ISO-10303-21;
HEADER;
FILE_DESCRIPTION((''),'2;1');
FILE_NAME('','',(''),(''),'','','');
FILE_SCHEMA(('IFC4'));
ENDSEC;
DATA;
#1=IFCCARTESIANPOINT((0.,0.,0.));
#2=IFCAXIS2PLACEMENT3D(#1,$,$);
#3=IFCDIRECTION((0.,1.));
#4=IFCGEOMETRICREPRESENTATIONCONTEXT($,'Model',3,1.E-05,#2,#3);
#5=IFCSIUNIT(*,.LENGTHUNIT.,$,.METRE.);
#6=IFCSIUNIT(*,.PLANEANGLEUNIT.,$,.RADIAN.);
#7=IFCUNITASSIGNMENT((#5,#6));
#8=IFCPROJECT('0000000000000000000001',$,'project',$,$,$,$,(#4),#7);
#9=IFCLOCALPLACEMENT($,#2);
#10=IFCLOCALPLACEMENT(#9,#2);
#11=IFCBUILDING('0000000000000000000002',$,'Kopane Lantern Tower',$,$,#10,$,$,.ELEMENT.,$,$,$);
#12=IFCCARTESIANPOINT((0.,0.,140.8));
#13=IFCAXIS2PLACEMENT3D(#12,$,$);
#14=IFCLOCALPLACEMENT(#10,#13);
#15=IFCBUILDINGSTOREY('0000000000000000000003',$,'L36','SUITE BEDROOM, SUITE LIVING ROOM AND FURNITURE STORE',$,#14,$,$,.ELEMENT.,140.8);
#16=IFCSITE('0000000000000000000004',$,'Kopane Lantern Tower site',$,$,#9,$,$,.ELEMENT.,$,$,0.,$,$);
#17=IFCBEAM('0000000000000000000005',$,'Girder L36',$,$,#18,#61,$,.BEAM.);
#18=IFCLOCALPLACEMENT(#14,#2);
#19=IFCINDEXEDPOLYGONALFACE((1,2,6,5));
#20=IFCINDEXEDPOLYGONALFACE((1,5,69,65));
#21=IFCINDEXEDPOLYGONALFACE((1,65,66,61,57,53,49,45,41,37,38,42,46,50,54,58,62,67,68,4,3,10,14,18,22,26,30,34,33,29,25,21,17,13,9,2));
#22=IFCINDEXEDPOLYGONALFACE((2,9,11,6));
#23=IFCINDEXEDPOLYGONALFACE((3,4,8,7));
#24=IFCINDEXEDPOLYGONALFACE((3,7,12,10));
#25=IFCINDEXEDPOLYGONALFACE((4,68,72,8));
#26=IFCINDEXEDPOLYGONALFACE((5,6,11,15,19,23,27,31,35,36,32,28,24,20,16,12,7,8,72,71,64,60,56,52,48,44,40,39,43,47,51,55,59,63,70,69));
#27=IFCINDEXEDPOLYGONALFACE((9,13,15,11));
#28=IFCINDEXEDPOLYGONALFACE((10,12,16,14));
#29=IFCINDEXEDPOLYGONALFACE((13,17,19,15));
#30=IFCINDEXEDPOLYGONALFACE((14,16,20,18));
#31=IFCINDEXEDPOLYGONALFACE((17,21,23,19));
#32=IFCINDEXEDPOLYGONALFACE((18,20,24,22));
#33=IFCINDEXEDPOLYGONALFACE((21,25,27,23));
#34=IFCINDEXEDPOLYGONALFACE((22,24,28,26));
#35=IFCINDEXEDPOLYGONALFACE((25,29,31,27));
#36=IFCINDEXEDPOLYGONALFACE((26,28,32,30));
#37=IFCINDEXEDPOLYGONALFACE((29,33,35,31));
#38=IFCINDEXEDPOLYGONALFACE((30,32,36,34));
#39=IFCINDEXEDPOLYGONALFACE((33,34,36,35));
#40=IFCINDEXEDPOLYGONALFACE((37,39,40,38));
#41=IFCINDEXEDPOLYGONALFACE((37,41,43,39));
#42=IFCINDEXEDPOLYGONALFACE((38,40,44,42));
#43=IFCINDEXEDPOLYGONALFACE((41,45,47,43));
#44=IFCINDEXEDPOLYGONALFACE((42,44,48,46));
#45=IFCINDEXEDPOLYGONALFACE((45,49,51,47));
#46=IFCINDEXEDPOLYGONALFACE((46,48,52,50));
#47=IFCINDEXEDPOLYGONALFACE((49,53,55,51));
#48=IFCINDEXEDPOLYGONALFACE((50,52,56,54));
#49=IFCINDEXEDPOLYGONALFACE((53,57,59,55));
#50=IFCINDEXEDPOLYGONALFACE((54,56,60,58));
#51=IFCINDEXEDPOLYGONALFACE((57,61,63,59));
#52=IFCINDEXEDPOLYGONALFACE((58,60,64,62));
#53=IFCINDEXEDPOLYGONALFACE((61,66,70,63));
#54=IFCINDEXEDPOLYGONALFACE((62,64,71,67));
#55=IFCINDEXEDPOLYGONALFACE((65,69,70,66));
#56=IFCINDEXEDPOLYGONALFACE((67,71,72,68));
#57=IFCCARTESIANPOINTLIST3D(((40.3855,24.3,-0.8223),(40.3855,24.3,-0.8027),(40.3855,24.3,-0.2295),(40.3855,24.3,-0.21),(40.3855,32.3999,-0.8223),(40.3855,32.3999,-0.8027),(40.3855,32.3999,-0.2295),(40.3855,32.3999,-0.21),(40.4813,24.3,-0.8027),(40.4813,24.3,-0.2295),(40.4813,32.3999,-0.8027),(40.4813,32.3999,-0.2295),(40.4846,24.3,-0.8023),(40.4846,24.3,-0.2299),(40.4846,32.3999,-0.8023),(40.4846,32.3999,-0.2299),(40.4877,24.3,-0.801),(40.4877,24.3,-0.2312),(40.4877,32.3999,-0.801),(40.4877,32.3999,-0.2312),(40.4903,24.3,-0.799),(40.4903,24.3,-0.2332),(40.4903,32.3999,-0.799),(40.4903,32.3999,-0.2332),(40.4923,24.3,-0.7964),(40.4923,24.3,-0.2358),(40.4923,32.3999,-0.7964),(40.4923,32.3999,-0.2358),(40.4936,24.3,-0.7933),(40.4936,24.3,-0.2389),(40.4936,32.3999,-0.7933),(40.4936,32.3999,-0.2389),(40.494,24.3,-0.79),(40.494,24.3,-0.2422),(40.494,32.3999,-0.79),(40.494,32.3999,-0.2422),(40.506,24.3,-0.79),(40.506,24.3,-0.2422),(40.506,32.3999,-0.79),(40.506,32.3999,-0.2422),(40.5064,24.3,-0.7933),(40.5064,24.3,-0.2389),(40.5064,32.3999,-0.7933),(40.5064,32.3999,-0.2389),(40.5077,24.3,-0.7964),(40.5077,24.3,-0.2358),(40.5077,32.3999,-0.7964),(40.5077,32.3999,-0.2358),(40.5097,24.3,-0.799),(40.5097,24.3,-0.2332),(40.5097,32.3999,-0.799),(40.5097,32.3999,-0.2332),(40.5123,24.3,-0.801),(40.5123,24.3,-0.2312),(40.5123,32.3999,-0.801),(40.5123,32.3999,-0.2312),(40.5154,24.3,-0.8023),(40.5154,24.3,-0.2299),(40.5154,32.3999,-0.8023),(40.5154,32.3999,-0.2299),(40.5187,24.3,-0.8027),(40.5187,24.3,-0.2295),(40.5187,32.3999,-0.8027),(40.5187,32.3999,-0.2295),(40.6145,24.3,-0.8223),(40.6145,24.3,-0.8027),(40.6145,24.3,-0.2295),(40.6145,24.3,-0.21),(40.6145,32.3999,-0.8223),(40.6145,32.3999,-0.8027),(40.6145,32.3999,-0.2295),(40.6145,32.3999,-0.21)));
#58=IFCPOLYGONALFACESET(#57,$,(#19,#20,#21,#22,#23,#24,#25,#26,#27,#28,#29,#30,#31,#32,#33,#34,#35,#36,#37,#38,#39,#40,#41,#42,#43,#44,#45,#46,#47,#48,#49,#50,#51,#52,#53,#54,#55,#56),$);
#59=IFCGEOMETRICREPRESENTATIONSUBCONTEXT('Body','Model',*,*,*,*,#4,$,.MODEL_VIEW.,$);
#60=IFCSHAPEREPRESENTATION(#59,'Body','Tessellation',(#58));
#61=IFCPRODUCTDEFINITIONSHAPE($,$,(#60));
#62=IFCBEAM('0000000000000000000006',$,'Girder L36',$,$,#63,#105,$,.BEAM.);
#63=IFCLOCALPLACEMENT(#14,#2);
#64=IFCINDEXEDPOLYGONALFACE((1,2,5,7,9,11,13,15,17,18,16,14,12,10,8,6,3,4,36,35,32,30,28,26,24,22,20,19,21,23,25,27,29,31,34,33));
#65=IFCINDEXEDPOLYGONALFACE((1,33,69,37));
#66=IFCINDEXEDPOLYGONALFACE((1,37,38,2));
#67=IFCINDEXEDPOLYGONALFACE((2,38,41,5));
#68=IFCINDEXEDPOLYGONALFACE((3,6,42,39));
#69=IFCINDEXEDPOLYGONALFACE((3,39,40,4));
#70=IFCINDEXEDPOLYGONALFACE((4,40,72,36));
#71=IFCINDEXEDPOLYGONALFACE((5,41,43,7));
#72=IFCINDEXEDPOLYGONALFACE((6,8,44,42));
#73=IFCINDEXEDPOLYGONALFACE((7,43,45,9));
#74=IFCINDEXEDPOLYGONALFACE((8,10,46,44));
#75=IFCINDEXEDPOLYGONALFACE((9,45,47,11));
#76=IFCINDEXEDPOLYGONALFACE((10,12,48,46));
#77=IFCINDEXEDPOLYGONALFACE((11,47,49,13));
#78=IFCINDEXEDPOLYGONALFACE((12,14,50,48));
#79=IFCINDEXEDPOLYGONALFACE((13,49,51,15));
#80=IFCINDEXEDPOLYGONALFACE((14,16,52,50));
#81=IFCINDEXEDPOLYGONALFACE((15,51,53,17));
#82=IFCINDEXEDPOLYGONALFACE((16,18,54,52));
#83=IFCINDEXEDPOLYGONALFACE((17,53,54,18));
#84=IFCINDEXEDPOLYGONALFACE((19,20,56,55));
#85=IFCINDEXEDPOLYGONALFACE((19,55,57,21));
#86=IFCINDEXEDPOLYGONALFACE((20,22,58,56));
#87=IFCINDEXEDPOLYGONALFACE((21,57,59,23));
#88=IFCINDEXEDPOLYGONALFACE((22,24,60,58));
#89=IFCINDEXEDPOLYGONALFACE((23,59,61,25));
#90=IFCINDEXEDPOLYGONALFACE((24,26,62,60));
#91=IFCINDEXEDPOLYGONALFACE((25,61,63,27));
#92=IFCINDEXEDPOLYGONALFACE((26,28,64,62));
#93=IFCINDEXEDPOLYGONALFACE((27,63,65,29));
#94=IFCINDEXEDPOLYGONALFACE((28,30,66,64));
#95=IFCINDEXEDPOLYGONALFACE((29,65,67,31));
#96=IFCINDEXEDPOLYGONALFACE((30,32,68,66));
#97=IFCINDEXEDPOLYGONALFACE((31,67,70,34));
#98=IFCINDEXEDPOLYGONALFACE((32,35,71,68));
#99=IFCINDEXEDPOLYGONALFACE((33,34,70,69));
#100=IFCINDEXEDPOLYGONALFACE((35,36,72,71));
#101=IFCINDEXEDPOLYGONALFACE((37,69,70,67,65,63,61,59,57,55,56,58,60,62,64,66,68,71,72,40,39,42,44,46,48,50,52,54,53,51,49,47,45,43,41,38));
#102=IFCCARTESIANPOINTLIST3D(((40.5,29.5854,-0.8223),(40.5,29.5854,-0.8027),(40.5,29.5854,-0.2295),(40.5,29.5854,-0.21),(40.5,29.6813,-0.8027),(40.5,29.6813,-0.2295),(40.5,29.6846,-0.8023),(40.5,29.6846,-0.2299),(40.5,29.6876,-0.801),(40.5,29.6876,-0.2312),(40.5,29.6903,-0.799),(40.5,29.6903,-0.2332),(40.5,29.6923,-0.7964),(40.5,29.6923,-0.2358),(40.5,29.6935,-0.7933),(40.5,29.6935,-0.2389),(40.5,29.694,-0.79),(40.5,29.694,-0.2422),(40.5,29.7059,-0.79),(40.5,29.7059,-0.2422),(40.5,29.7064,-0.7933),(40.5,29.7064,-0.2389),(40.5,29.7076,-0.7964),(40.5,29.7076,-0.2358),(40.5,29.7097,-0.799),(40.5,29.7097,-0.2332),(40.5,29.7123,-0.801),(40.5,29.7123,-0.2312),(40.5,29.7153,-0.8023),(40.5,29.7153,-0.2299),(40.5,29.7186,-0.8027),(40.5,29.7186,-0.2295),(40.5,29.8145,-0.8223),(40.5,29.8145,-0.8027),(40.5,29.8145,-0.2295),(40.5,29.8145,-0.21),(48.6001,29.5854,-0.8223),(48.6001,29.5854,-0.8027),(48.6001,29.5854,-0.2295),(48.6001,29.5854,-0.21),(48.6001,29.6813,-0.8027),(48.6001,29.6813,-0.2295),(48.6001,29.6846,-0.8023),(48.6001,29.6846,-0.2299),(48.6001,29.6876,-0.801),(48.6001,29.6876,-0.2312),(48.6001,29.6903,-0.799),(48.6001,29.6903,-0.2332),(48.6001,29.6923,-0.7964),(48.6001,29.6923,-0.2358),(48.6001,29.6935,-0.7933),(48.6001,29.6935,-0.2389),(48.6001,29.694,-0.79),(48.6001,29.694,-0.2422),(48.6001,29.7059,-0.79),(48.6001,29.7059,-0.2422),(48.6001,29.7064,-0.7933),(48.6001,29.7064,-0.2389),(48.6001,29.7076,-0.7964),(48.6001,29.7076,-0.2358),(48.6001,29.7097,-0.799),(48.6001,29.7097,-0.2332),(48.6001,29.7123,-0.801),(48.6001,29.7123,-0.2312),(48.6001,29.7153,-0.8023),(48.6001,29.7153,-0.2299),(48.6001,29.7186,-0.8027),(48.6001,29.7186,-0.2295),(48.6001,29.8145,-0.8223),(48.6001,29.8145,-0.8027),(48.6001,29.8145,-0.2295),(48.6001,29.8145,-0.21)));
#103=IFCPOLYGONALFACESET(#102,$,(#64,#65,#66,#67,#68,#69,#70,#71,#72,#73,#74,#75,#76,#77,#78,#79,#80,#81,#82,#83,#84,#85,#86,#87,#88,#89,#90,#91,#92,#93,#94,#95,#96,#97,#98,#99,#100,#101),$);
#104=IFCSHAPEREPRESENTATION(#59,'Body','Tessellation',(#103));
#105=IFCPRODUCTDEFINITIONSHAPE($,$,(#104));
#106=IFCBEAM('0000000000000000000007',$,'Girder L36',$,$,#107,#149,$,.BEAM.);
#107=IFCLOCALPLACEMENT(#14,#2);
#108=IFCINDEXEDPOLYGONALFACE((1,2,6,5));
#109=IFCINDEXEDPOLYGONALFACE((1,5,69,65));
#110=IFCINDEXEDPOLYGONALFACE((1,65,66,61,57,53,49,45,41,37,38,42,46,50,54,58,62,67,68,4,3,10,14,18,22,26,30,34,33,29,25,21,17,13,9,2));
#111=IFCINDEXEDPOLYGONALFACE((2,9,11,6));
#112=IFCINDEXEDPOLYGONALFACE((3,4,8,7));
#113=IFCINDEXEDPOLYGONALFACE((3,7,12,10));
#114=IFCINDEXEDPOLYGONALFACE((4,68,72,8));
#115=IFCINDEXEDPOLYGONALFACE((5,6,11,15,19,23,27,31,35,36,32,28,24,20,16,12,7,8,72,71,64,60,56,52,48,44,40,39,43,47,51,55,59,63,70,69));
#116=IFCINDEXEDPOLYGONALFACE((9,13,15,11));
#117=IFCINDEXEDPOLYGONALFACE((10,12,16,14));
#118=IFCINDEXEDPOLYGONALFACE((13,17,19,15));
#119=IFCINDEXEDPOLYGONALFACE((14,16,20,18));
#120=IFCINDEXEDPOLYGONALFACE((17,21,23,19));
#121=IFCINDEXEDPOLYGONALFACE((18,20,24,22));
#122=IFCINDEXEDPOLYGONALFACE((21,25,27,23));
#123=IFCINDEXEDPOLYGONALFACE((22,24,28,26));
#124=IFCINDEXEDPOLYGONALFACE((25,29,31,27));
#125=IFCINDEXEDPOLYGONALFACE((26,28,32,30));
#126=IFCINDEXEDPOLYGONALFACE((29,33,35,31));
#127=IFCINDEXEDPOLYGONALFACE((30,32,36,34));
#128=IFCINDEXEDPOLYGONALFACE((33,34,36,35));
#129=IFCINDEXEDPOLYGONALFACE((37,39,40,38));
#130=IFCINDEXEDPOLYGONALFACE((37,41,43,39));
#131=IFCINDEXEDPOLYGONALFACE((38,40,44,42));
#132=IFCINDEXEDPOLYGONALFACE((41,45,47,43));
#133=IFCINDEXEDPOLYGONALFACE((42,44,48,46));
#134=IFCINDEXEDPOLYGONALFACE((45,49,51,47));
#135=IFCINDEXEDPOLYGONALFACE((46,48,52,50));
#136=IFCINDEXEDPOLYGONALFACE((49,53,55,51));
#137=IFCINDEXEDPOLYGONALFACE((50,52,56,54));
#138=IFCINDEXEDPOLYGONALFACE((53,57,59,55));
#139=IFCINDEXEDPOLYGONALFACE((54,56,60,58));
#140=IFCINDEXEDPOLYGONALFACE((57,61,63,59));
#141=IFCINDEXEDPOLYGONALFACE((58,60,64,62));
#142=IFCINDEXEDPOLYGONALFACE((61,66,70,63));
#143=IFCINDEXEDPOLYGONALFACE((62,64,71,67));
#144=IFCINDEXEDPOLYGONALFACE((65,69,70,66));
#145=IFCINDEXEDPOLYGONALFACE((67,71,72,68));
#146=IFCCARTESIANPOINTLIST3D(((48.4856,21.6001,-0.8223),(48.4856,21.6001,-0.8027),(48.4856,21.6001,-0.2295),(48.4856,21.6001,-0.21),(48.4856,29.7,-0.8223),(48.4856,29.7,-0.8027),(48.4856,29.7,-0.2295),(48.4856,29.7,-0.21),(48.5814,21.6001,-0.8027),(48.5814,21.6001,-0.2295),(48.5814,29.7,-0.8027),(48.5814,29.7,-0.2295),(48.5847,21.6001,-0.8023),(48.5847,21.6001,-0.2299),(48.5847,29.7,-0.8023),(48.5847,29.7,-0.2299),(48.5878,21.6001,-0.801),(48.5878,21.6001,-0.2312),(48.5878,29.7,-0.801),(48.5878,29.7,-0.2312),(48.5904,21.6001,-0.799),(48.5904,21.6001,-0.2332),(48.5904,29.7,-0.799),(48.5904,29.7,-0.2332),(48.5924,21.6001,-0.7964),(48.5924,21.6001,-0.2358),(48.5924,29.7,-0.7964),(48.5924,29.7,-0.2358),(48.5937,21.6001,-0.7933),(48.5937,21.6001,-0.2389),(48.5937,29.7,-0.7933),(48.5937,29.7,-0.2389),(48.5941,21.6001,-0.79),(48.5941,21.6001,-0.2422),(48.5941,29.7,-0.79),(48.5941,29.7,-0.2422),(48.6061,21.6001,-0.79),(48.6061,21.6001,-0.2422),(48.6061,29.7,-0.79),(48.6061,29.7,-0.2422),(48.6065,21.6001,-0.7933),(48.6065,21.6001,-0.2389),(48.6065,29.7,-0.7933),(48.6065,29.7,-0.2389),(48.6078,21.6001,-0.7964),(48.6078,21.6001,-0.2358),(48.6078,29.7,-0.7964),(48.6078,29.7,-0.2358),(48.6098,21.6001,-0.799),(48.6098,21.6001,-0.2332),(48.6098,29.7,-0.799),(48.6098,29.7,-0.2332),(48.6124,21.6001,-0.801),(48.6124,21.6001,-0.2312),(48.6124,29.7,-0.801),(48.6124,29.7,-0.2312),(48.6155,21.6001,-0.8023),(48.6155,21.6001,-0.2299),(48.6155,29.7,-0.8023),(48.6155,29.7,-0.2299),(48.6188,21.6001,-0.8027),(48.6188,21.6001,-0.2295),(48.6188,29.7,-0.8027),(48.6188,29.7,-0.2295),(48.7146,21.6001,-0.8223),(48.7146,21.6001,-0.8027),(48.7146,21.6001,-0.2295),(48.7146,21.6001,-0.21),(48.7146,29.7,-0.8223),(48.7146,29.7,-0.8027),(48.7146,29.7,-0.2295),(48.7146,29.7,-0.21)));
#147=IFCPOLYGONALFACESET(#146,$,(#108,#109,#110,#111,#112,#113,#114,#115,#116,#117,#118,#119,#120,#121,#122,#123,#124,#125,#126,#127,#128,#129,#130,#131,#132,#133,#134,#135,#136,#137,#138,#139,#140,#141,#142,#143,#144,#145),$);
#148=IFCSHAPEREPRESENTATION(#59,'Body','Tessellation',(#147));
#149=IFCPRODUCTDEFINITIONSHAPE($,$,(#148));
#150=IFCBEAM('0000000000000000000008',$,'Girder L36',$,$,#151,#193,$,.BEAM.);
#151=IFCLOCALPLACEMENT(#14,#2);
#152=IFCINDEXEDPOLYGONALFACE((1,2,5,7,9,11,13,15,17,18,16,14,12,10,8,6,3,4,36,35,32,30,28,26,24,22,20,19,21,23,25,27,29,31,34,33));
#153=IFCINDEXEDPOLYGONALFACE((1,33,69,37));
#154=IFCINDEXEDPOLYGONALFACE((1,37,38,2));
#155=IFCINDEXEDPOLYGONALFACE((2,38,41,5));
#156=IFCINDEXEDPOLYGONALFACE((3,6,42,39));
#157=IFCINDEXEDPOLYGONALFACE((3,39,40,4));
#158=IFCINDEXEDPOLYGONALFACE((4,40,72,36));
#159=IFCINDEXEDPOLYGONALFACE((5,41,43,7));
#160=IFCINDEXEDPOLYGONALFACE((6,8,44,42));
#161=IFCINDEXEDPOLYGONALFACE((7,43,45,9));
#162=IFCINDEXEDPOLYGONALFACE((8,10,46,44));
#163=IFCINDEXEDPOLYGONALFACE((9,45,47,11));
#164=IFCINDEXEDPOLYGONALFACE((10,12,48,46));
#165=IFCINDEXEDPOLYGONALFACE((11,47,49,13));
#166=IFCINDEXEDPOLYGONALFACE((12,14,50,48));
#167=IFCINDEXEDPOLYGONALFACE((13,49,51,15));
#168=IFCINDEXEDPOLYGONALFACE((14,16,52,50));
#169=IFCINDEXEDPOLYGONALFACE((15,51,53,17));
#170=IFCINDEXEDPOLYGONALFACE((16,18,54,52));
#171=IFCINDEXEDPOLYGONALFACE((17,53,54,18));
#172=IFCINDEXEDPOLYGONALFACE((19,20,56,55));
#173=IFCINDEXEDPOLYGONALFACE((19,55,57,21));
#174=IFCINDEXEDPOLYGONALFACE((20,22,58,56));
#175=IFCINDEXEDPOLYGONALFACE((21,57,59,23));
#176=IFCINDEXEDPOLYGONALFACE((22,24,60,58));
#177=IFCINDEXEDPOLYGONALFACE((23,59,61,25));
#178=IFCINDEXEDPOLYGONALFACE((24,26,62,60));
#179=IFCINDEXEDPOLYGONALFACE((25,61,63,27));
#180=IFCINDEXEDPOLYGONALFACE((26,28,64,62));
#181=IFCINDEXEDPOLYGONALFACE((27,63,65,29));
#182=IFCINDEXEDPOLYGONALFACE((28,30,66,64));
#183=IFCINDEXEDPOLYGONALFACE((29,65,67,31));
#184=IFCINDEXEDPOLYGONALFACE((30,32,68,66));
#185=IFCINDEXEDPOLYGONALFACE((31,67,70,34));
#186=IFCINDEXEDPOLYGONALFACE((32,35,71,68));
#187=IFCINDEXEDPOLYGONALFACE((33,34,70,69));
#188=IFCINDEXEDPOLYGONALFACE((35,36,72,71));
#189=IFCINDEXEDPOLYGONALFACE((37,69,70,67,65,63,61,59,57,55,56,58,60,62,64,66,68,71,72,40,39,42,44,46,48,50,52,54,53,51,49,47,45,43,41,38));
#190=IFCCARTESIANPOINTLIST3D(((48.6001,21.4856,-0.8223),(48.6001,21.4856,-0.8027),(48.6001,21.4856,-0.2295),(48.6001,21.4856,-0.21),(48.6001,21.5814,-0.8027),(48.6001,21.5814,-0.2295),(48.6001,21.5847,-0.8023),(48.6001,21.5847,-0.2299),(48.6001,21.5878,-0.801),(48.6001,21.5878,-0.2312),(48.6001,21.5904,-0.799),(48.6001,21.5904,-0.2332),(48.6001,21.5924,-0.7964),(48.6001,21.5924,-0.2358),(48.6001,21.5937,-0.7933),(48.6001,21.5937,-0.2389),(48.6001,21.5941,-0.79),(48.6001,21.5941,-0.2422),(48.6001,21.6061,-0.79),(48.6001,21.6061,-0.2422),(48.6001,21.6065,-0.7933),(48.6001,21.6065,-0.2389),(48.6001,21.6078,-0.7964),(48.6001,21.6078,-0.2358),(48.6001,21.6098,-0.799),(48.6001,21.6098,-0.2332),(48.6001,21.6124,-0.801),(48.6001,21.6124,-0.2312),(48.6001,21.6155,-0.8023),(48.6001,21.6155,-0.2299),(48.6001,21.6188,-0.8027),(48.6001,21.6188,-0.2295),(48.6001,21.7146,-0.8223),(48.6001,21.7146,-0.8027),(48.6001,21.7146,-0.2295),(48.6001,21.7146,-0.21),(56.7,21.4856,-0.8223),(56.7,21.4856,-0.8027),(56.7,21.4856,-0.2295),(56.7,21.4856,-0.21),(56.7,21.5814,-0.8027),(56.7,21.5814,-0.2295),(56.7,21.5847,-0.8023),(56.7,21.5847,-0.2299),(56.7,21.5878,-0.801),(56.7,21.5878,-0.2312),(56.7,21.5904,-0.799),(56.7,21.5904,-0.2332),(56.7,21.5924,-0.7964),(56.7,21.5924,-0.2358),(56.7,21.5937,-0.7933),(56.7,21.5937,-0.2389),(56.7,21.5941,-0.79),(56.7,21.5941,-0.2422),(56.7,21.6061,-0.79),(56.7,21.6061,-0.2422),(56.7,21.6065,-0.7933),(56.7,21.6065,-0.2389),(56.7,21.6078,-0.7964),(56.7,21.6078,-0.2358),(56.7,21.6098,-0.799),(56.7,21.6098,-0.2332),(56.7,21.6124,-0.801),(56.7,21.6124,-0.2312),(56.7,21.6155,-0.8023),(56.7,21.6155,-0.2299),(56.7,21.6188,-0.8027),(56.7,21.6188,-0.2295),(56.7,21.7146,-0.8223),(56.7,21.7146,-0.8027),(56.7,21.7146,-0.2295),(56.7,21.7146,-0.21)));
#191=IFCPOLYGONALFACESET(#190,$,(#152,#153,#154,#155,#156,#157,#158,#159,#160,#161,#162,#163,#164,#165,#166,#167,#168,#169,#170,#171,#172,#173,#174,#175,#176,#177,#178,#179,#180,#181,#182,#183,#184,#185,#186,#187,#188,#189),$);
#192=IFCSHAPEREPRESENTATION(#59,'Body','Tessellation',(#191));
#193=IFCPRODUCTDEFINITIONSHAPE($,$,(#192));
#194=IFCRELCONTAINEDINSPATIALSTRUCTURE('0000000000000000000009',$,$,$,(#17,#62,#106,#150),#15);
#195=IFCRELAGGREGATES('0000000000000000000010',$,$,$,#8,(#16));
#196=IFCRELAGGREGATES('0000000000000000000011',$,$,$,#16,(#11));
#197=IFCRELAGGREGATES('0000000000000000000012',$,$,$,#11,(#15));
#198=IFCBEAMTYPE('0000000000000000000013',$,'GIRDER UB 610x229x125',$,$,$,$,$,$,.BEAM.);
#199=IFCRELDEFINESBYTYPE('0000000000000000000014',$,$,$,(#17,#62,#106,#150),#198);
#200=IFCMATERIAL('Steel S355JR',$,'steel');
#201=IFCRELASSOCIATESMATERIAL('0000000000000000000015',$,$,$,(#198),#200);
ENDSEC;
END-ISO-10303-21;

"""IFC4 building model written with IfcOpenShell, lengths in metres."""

from ifc_helpers import new_model, si_unit, direction, frame, origin, origin_2d, place, context, subcontext, project, spatial, i_section, extrude, material, material_profile, profile_set, type_object, element, save


model = new_model("IFC4")

# Units and contexts
model_context = context("Model", 3, precision=1e-05, world=origin(), true_north=direction((0.0, 1.0)))
body_context = subcontext(model_context, "Body", "Model", "MODEL_VIEW")
ifc_project = project(units=[si_unit("LENGTHUNIT", "METRE"), si_unit("PLANEANGLEUNIT", "RADIAN")], contexts=[model_context])

# Site, building, storey
site_placement = place(None, origin())
site = spatial("IfcSite", under=ifc_project, at=site_placement, Name="Kopane Lantern Tower site", CompositionType="ELEMENT", RefElevation=0.0)
building_placement = place(site_placement, origin())
building = spatial("IfcBuilding", under=site, at=building_placement, Name="Kopane Lantern Tower", CompositionType="ELEMENT")
storey_placement = place(building_placement, frame((0.0, 0.0, 140.8)))
storey = spatial("IfcBuildingStorey", under=building, at=storey_placement, Name="L36", Description="SUITE BEDROOM, SUITE LIVING ROOM AND FURNITURE STORE", CompositionType="ELEMENT", Elevation=140.8)

# Beams
ifc_material_1 = material(Name="Steel S355JR", Category="steel")
ifc_material_profile_1 = material_profile(ifc_material_1, i_section(OverallWidth=0.229, OverallDepth=0.6123, WebThickness=0.012, FlangeThickness=0.0195, FilletRadius=0.0127, at=origin_2d()), Name="UB 610x229x125")
ifc_profile_set_1 = profile_set([ifc_material_profile_1], Name="Steel S355JR")
beam_type_1 = type_object("IfcBeamType", Name="GIRDER UB 610x229x125", PredefinedType="BEAM", material=ifc_profile_set_1)
beam_1_placement = place(storey_placement, frame((40.5, 24.3, -0.5161), z_axis=(0.0, 1.0, 0.0), x_axis=(-1.0, 0.0, 0.0)))
element("IfcBeam", 1, at=beam_1_placement, inside=storey, type_object=beam_type_1, Name="Girder L36", PredefinedType="BEAM", context=body_context, shape_type="SweptSolid", body=[
    extrude(i_section(OverallWidth=0.229, OverallDepth=0.6123, WebThickness=0.012, FlangeThickness=0.0195, FilletRadius=0.0127, at=origin_2d()), origin(), (0.0, 0.0, 1.0), 8.0999),
])
beam_2_placement = place(storey_placement, frame((40.5, 29.7, -0.5161), z_axis=(1.0, 0.0, 0.0), x_axis=(0.0, 1.0, 0.0)))
element("IfcBeam", 2, at=beam_2_placement, inside=storey, type_object=beam_type_1, Name="Girder L36", PredefinedType="BEAM", context=body_context, shape_type="SweptSolid", body=[
    extrude(i_section(OverallWidth=0.229, OverallDepth=0.6123, WebThickness=0.012, FlangeThickness=0.0195, FilletRadius=0.0127, at=origin_2d()), origin(), (0.0, 0.0, 1.0), 8.1001),
])
for number, where, z_axis, x_axis, name in (
    (3, (48.6001, 21.6001, -0.5161), (0.0, 1.0, 0.0), (-1.0, 0.0, 0.0), "Girder L36"),
    (4, (48.6001, 21.6001, -0.5161), (1.0, 0.0, 0.0), (0.0, 1.0, 0.0), "Girder L36"),
):
    element("IfcBeam", number, at=place(storey_placement, frame(where, z_axis=z_axis, x_axis=x_axis)), inside=storey, type_object=beam_type_1, Name=name, PredefinedType="BEAM", context=body_context, shape_type="SweptSolid", body=[
        extrude(i_section(OverallWidth=0.229, OverallDepth=0.6123, WebThickness=0.012, FlangeThickness=0.0195, FilletRadius=0.0127, at=origin_2d()), origin(), (0.0, 0.0, 1.0), 8.0999),
    ])

save(model, "model.ifc")
